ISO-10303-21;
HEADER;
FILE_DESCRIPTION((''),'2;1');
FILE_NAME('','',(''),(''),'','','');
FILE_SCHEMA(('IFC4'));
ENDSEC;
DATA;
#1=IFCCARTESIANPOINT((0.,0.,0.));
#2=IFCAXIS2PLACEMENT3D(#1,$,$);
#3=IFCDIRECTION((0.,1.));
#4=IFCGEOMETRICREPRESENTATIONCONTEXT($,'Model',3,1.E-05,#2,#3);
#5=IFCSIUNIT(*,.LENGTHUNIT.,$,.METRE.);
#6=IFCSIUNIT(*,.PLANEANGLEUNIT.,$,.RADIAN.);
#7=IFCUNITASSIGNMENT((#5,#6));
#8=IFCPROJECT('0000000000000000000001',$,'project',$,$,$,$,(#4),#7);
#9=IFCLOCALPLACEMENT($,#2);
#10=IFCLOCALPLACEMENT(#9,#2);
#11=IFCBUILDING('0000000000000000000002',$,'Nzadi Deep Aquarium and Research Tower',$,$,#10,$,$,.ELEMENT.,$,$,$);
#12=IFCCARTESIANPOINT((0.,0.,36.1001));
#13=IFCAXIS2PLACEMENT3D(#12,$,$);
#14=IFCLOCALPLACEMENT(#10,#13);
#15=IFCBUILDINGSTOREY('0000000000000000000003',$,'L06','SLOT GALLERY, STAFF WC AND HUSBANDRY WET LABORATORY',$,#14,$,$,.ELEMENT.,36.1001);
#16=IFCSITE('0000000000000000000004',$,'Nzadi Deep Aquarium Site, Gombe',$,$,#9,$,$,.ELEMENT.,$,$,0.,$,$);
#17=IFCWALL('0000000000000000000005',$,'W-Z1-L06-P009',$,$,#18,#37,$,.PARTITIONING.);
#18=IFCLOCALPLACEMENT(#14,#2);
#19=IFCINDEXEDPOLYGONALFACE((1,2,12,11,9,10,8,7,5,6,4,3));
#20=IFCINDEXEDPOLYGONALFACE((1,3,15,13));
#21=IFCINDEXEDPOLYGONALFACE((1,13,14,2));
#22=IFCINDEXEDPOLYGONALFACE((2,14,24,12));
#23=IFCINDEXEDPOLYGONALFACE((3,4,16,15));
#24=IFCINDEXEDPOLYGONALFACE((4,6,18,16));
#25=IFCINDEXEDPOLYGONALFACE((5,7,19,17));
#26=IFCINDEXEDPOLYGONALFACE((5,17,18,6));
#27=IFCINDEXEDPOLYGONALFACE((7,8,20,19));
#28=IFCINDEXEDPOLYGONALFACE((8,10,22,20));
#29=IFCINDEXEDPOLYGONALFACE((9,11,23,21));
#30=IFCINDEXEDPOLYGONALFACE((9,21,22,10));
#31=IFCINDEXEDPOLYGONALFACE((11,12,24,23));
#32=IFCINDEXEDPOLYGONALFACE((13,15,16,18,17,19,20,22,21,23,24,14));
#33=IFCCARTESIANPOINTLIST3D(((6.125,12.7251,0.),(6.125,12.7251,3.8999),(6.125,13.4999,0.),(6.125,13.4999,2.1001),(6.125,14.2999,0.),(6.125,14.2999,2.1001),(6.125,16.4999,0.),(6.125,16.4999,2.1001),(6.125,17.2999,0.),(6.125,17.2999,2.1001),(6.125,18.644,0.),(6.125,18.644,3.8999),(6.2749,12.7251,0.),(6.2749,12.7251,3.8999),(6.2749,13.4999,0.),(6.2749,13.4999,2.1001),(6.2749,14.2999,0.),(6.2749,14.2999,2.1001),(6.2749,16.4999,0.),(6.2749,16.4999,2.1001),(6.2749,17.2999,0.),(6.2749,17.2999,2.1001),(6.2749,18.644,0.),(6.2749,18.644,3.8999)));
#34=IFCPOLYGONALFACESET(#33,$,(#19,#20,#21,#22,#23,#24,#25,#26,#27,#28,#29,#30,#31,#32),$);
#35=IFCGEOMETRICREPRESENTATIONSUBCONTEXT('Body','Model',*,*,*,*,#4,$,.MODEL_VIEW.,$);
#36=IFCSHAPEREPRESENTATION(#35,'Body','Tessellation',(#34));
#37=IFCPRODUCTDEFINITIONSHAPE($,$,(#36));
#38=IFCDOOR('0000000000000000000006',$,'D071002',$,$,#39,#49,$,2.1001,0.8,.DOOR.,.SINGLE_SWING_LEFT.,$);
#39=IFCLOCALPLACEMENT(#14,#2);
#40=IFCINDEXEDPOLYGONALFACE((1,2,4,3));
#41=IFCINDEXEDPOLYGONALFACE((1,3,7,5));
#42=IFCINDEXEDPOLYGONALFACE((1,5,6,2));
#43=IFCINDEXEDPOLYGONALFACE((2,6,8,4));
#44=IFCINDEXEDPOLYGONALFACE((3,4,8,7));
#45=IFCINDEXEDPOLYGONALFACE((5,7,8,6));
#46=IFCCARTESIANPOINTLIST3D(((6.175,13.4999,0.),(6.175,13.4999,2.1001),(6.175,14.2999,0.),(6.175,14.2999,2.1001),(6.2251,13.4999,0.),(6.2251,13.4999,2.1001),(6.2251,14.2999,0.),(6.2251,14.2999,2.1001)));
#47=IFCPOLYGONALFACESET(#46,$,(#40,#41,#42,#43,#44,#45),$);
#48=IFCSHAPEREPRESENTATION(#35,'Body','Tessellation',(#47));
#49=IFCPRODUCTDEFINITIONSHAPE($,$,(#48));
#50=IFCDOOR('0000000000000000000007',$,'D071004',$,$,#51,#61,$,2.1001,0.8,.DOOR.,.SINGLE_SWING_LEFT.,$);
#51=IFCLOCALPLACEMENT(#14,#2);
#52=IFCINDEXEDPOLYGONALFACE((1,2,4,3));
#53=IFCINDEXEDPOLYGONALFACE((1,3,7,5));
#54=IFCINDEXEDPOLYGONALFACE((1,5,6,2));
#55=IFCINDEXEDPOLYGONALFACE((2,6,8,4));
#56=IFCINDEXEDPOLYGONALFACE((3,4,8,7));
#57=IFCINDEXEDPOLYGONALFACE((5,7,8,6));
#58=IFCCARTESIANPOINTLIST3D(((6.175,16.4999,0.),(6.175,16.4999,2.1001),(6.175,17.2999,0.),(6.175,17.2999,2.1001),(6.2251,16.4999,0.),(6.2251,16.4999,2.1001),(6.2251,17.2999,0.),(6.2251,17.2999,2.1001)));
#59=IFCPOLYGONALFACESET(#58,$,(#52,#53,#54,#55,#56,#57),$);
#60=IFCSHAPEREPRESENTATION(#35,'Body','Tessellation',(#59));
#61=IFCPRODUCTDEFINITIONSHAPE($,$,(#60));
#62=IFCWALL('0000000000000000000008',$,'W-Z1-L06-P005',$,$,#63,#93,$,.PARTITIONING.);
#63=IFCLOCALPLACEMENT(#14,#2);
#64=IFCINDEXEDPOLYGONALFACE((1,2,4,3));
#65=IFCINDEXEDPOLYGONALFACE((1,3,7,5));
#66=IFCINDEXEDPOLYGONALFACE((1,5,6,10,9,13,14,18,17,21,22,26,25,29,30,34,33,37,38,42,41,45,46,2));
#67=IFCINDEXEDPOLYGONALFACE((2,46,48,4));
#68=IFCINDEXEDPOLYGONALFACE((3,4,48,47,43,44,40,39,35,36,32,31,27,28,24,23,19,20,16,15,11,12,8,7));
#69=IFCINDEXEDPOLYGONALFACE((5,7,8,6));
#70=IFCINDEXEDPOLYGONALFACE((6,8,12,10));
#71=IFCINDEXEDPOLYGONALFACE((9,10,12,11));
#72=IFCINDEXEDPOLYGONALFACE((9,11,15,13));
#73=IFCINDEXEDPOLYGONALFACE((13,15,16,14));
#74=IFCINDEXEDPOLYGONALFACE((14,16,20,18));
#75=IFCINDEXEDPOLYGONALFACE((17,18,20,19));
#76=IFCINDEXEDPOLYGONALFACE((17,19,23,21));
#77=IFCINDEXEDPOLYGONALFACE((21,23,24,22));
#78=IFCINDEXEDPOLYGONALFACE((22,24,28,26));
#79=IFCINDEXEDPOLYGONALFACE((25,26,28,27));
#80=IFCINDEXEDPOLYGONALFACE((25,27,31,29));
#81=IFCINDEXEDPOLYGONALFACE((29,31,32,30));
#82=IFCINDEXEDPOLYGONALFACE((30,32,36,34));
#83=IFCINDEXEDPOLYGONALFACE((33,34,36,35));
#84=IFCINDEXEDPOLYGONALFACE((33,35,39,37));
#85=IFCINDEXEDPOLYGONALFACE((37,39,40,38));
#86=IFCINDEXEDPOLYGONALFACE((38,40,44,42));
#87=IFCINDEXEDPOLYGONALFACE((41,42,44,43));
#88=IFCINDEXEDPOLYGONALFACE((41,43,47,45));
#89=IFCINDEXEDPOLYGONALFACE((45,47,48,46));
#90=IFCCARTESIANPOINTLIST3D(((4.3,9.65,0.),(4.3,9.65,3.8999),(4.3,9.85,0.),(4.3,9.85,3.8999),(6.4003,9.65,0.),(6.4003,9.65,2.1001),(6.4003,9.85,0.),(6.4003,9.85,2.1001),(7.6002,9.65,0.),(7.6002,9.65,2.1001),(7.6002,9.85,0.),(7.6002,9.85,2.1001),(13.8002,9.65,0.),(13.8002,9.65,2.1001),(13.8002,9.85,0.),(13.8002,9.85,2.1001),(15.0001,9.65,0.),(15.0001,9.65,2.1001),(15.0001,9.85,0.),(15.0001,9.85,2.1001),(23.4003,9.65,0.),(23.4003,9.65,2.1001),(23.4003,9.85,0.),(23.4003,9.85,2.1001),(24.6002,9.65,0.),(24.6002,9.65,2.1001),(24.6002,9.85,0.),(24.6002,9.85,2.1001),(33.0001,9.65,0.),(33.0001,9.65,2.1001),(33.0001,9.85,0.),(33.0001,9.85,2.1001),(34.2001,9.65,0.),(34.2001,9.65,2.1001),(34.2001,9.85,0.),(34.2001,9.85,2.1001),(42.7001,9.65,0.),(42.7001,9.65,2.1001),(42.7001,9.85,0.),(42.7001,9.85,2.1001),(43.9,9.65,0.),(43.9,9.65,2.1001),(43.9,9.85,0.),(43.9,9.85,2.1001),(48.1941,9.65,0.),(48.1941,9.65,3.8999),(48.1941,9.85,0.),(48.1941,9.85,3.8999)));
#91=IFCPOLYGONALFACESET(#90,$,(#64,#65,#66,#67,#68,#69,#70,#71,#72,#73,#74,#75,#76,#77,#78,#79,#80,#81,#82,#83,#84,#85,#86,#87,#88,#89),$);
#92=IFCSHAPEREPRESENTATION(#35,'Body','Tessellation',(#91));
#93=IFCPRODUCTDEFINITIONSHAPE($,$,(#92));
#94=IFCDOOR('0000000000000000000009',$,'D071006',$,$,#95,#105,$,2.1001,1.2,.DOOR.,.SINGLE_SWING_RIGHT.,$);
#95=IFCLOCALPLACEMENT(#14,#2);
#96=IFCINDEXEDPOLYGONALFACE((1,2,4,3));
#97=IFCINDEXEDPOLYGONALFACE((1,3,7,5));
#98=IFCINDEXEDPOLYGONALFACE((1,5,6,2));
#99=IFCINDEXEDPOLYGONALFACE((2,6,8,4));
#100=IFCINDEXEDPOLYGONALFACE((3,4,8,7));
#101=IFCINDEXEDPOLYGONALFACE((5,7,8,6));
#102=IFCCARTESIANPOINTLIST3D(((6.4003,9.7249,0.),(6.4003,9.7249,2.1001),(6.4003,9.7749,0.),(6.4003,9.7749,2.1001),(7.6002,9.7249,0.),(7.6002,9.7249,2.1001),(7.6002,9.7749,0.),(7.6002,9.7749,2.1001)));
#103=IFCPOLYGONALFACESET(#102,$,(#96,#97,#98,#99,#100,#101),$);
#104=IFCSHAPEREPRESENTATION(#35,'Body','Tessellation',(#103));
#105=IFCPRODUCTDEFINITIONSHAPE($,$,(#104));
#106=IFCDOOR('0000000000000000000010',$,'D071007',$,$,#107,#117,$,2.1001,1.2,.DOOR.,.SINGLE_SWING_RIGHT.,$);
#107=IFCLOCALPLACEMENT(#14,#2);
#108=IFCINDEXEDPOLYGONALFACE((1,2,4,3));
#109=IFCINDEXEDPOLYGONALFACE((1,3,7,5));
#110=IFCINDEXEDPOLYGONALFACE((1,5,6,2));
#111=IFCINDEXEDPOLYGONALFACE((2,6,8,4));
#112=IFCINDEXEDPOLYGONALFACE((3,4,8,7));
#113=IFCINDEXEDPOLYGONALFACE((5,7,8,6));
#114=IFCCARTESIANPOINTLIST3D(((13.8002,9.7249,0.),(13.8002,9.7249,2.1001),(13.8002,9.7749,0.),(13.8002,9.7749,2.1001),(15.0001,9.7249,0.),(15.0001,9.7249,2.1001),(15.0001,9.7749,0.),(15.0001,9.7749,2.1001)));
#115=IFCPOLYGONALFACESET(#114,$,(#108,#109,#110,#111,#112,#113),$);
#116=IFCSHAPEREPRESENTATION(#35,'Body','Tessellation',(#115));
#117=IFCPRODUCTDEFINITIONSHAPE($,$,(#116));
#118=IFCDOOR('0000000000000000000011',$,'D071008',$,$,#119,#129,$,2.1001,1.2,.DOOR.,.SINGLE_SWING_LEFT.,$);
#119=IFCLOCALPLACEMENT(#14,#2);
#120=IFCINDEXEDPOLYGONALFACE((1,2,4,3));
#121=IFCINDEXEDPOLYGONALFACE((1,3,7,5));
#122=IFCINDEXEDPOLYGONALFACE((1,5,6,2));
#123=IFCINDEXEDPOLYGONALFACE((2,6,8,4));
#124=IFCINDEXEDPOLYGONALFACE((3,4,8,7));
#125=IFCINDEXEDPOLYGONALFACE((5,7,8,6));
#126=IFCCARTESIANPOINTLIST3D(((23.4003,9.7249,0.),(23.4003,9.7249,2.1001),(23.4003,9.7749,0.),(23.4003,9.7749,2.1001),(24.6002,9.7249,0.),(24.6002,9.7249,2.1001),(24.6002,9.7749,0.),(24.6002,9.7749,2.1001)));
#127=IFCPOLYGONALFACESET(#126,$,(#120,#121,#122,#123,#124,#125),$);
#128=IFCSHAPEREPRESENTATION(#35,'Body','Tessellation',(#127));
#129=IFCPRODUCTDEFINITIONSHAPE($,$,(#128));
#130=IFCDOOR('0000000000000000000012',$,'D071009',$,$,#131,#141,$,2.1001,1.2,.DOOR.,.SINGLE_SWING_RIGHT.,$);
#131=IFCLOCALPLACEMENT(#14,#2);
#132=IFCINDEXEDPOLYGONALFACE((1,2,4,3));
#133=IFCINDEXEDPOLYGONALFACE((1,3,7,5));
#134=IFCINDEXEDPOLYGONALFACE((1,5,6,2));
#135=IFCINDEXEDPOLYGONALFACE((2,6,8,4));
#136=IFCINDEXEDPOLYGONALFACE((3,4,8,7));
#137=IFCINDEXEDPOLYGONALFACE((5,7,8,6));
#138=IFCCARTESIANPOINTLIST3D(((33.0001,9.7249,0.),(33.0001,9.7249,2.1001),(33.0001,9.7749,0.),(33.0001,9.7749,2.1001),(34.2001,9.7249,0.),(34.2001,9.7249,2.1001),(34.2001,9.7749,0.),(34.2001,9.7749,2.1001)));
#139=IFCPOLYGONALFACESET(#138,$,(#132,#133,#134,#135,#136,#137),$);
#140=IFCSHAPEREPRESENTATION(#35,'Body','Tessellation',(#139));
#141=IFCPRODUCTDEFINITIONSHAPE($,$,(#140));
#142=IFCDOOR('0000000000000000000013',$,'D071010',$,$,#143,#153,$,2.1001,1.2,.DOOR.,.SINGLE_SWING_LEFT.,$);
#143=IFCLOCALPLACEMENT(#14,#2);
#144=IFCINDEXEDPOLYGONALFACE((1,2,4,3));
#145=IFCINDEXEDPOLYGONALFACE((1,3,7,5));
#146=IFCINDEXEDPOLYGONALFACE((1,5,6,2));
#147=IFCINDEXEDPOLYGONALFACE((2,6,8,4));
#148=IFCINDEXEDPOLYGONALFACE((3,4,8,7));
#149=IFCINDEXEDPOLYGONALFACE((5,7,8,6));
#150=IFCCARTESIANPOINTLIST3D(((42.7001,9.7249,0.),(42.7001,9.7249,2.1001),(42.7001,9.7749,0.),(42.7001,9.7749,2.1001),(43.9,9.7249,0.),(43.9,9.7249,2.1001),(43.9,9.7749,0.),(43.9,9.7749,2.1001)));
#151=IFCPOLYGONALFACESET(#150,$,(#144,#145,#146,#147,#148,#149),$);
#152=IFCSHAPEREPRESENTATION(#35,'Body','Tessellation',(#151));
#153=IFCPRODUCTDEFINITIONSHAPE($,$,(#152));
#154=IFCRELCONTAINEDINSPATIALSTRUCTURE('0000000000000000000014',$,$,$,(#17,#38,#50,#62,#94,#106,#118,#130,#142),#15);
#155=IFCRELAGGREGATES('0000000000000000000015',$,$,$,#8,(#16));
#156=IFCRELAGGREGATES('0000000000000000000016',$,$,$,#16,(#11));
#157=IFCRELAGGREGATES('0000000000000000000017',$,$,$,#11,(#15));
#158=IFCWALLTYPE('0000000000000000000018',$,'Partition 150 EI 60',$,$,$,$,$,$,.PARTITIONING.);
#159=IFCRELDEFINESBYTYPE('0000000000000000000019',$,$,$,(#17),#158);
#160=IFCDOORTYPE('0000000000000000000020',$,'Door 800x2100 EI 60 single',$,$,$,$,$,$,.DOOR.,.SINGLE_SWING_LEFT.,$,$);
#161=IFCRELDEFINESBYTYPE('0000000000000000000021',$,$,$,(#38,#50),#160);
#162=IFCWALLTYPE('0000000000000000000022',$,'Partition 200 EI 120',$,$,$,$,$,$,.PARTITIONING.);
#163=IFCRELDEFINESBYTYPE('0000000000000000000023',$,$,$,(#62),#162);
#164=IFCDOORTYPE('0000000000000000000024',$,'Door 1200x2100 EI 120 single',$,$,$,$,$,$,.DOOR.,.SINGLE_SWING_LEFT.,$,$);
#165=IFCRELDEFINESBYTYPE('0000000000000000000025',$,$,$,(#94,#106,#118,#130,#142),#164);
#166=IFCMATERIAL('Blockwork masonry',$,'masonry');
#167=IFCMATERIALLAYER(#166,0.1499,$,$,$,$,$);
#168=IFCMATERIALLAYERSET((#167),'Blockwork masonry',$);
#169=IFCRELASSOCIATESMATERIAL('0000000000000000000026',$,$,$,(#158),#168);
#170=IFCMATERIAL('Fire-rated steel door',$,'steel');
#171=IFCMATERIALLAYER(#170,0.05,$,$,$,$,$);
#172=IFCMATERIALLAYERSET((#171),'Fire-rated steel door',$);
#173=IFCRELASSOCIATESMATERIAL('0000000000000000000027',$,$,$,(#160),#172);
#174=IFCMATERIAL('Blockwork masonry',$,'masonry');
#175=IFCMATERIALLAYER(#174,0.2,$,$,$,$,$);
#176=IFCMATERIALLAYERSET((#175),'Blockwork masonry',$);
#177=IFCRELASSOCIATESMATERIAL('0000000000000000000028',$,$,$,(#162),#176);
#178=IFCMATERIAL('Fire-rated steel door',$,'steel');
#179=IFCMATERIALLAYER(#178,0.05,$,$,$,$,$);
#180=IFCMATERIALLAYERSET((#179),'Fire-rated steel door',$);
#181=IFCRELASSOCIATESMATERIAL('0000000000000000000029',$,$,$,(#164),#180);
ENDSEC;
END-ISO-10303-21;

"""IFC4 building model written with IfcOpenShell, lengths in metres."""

from ifc_helpers import new_model, si_unit, direction, frame, frame_2d, origin, place, context, subcontext, project, spatial, rectangle, extrude, material, layer, layer_set, type_object, element, fill, save


model = new_model("IFC4")

# Units and contexts
model_context = context("Model", 3, precision=1e-05, world=origin(), true_north=direction((0.0, 1.0)))
body_context = subcontext(model_context, "Body", "Model", "MODEL_VIEW")
ifc_project = project(units=[si_unit("LENGTHUNIT", "METRE"), si_unit("PLANEANGLEUNIT", "RADIAN")], contexts=[model_context])

# Site, building, storey
site_placement = place(None, origin())
site = spatial("IfcSite", under=ifc_project, at=site_placement, Name="Nzadi Deep Aquarium Site, Gombe", CompositionType="ELEMENT", RefElevation=0.0)
building_placement = place(site_placement, origin())
building = spatial("IfcBuilding", under=site, at=building_placement, Name="Nzadi Deep Aquarium and Research Tower", CompositionType="ELEMENT")
storey_placement = place(building_placement, frame((0.0, 0.0, 36.1001)))
storey = spatial("IfcBuildingStorey", under=building, at=storey_placement, Name="L06", Description="SLOT GALLERY, STAFF WC AND HUSBANDRY WET LABORATORY", CompositionType="ELEMENT", Elevation=36.1001)

# Shared definitions
ifc_material_1 = material(Name="Blockwork masonry", Category="masonry")
ifc_layer_1 = layer(ifc_material_1, 0.1499)
ifc_layer_set_1 = layer_set([ifc_layer_1], Name="Blockwork masonry")
wall_type_1 = type_object("IfcWallType", Name="Partition 150 EI 60", PredefinedType="PARTITIONING", material=ifc_layer_set_1)

# Walls, openings, doors
wall_1_placement = place(storey_placement, frame((6.2, 12.7251, 0.0), z_axis=(0.0, 0.0, 1.0), x_axis=(0.0, 1.0, 0.0)))
wall_1 = element("IfcWall", 1, at=wall_1_placement, inside=storey, type_object=wall_type_1, Name="W-Z1-L06-P009", PredefinedType="PARTITIONING", context=body_context, shape_type="SweptSolid", body=[
    extrude(rectangle(XDim=5.9189, YDim=0.1499, at=frame_2d((2.9595, 0.0))), origin(), (0.0, 0.0, 1.0), 3.8999),
])
opening_1_placement = place(wall_1_placement, frame((0.7749, 0.0, 0.0)))
opening_1 = element("IfcOpeningElement", 2, at=opening_1_placement, cuts=wall_1, PredefinedType="OPENING", context=body_context, shape_type="SweptSolid", body=[
    extrude(rectangle(XDim=0.8, YDim=2.1001, at=frame_2d((0.3999, 1.05))), frame((0.0, 0.085, 0.0), z_axis=(0.0, -1.0, 0.0), x_axis=(1.0, 0.0, 0.0)), (0.0, 0.0, 1.0), 0.1699),
])
opening_2_placement = place(wall_1_placement, frame((3.7749, 0.0, 0.0)))
opening_2 = element("IfcOpeningElement", 3, at=opening_2_placement, cuts=wall_1, PredefinedType="OPENING", context=body_context, shape_type="SweptSolid", body=[
    extrude(rectangle(XDim=0.8, YDim=2.1001, at=frame_2d((0.3999, 1.05))), frame((0.0, 0.085, 0.0), z_axis=(0.0, -1.0, 0.0), x_axis=(1.0, 0.0, 0.0)), (0.0, 0.0, 1.0), 0.1699),
])
ifc_material_2 = material(Name="Fire-rated steel door", Category="steel")
ifc_layer_2 = layer(ifc_material_2, 0.05)
ifc_layer_set_2 = layer_set([ifc_layer_2], Name="Fire-rated steel door")
door_type_1 = type_object("IfcDoorType", Name="Door 800x2100 EI 60 single", OperationType="SINGLE_SWING_LEFT", PredefinedType="DOOR", material=ifc_layer_set_2)
door_1_placement = place(opening_1_placement, origin())
door_1 = element("IfcDoor", 4, at=door_1_placement, inside=storey, type_object=door_type_1, Name="D071002", OperationType="SINGLE_SWING_LEFT", OverallHeight=2.1001, OverallWidth=0.8, PredefinedType="DOOR", context=body_context, shape_type="SweptSolid", body=[
    extrude(rectangle(XDim=0.8, YDim=2.1001, at=frame_2d((0.3999, 1.05))), frame((0.0, 0.0249, 0.0), z_axis=(0.0, -1.0, 0.0), x_axis=(1.0, 0.0, 0.0)), (0.0, 0.0, 1.0), 0.05),
])
fill(opening_1, door_1)
door_2_placement = place(opening_2_placement, origin())
door_2 = element("IfcDoor", 5, at=door_2_placement, inside=storey, type_object=door_type_1, Name="D071004", OperationType="SINGLE_SWING_LEFT", OverallHeight=2.1001, OverallWidth=0.8, PredefinedType="DOOR", context=body_context, shape_type="SweptSolid", body=[
    extrude(rectangle(XDim=0.8, YDim=2.1001, at=frame_2d((0.3999, 1.05))), frame((0.0, 0.0249, 0.0), z_axis=(0.0, -1.0, 0.0), x_axis=(1.0, 0.0, 0.0)), (0.0, 0.0, 1.0), 0.05),
])
fill(opening_2, door_2)
ifc_material_3 = material(Name="Blockwork masonry", Category="masonry")
ifc_layer_3 = layer(ifc_material_3, 0.2)
ifc_layer_set_3 = layer_set([ifc_layer_3], Name="Blockwork masonry")
wall_type_2 = type_object("IfcWallType", Name="Partition 200 EI 120", PredefinedType="PARTITIONING", material=ifc_layer_set_3)
wall_2_placement = place(storey_placement, frame((4.3, 9.75, 0.0), z_axis=(0.0, 0.0, 1.0), x_axis=(1.0, 0.0, 0.0)))
wall_2 = element("IfcWall", 6, at=wall_2_placement, inside=storey, type_object=wall_type_2, Name="W-Z1-L06-P005", PredefinedType="PARTITIONING", context=body_context, shape_type="SweptSolid", body=[
    extrude(rectangle(XDim=43.894, YDim=0.2, at=frame_2d((21.947, 0.0))), origin(), (0.0, 0.0, 1.0), 3.8999),
])
opening_3_placement = place(wall_2_placement, frame((2.1001, 0.0, 0.0)))
opening_3 = element("IfcOpeningElement", 7, at=opening_3_placement, cuts=wall_2, PredefinedType="OPENING", context=body_context, shape_type="SweptSolid", body=[
    extrude(rectangle(XDim=1.2, YDim=2.1001, at=frame_2d((0.6001, 1.05))), frame((0.0, 0.1101, 0.0), z_axis=(0.0, -1.0, 0.0), x_axis=(1.0, 0.0, 0.0)), (0.0, 0.0, 1.0), 0.2202),
])
opening_4_placement = place(wall_2_placement, frame((9.5, 0.0, 0.0)))
opening_4 = element("IfcOpeningElement", 8, at=opening_4_placement, cuts=wall_2, PredefinedType="OPENING", context=body_context, shape_type="SweptSolid", body=[
    extrude(rectangle(XDim=1.2, YDim=2.1001, at=frame_2d((0.6001, 1.05))), frame((0.0, 0.1101, 0.0), z_axis=(0.0, -1.0, 0.0), x_axis=(1.0, 0.0, 0.0)), (0.0, 0.0, 1.0), 0.2202),
])
opening_5_placement = place(wall_2_placement, frame((19.1001, 0.0, 0.0)))
opening_5 = element("IfcOpeningElement", 9, at=opening_5_placement, cuts=wall_2, PredefinedType="OPENING", context=body_context, shape_type="SweptSolid", body=[
    extrude(rectangle(XDim=1.2, YDim=2.1001, at=frame_2d((0.6001, 1.05))), frame((0.0, 0.1101, 0.0), z_axis=(0.0, -1.0, 0.0), x_axis=(1.0, 0.0, 0.0)), (0.0, 0.0, 1.0), 0.2202),
])
opening_6_placement = place(wall_2_placement, frame((28.7, 0.0, 0.0)))
opening_6 = element("IfcOpeningElement", 10, at=opening_6_placement, cuts=wall_2, PredefinedType="OPENING", context=body_context, shape_type="SweptSolid", body=[
    extrude(rectangle(XDim=1.2, YDim=2.1001, at=frame_2d((0.6001, 1.05))), frame((0.0, 0.1101, 0.0), z_axis=(0.0, -1.0, 0.0), x_axis=(1.0, 0.0, 0.0)), (0.0, 0.0, 1.0), 0.2202),
])
opening_7_placement = place(wall_2_placement, frame((38.3999, 0.0, 0.0)))
opening_7 = element("IfcOpeningElement", 11, at=opening_7_placement, cuts=wall_2, PredefinedType="OPENING", context=body_context, shape_type="SweptSolid", body=[
    extrude(rectangle(XDim=1.2, YDim=2.1001, at=frame_2d((0.6001, 1.05))), frame((0.0, 0.1101, 0.0), z_axis=(0.0, -1.0, 0.0), x_axis=(1.0, 0.0, 0.0)), (0.0, 0.0, 1.0), 0.2202),
])
ifc_material_4 = material(Name="Fire-rated steel door", Category="steel")
ifc_layer_4 = layer(ifc_material_4, 0.05)
ifc_layer_set_4 = layer_set([ifc_layer_4], Name="Fire-rated steel door")
door_type_2 = type_object("IfcDoorType", Name="Door 1200x2100 EI 120 single", OperationType="SINGLE_SWING_LEFT", PredefinedType="DOOR", material=ifc_layer_set_4)
door_3_placement = place(opening_3_placement, origin())
door_3 = element("IfcDoor", 12, at=door_3_placement, inside=storey, type_object=door_type_2, Name="D071006", OperationType="SINGLE_SWING_RIGHT", OverallHeight=2.1001, OverallWidth=1.2, PredefinedType="DOOR", context=body_context, shape_type="SweptSolid", body=[
    extrude(rectangle(XDim=1.2, YDim=2.1001, at=frame_2d((0.6001, 1.05))), frame((0.0, 0.0249, 0.0), z_axis=(0.0, -1.0, 0.0), x_axis=(1.0, 0.0, 0.0)), (0.0, 0.0, 1.0), 0.05),
])
fill(opening_3, door_3)
door_4_placement = place(opening_4_placement, origin())
door_4 = element("IfcDoor", 13, at=door_4_placement, inside=storey, type_object=door_type_2, Name="D071007", OperationType="SINGLE_SWING_RIGHT", OverallHeight=2.1001, OverallWidth=1.2, PredefinedType="DOOR", context=body_context, shape_type="SweptSolid", body=[
    extrude(rectangle(XDim=1.2, YDim=2.1001, at=frame_2d((0.6001, 1.05))), frame((0.0, 0.0249, 0.0), z_axis=(0.0, -1.0, 0.0), x_axis=(1.0, 0.0, 0.0)), (0.0, 0.0, 1.0), 0.05),
])
fill(opening_4, door_4)
door_5_placement = place(opening_5_placement, origin())
door_5 = element("IfcDoor", 14, at=door_5_placement, inside=storey, type_object=door_type_2, Name="D071008", OperationType="SINGLE_SWING_LEFT", OverallHeight=2.1001, OverallWidth=1.2, PredefinedType="DOOR", context=body_context, shape_type="SweptSolid", body=[
    extrude(rectangle(XDim=1.2, YDim=2.1001, at=frame_2d((0.6001, 1.05))), frame((0.0, 0.0249, 0.0), z_axis=(0.0, -1.0, 0.0), x_axis=(1.0, 0.0, 0.0)), (0.0, 0.0, 1.0), 0.05),
])
fill(opening_5, door_5)
door_6_placement = place(opening_6_placement, origin())
door_6 = element("IfcDoor", 15, at=door_6_placement, inside=storey, type_object=door_type_2, Name="D071009", OperationType="SINGLE_SWING_RIGHT", OverallHeight=2.1001, OverallWidth=1.2, PredefinedType="DOOR", context=body_context, shape_type="SweptSolid", body=[
    extrude(rectangle(XDim=1.2, YDim=2.1001, at=frame_2d((0.6001, 1.05))), frame((0.0, 0.0249, 0.0), z_axis=(0.0, -1.0, 0.0), x_axis=(1.0, 0.0, 0.0)), (0.0, 0.0, 1.0), 0.05),
])
fill(opening_6, door_6)
door_7_placement = place(opening_7_placement, origin())
door_7 = element("IfcDoor", 16, at=door_7_placement, inside=storey, type_object=door_type_2, Name="D071010", OperationType="SINGLE_SWING_LEFT", OverallHeight=2.1001, OverallWidth=1.2, PredefinedType="DOOR", context=body_context, shape_type="SweptSolid", body=[
    extrude(rectangle(XDim=1.2, YDim=2.1001, at=frame_2d((0.6001, 1.05))), frame((0.0, 0.0249, 0.0), z_axis=(0.0, -1.0, 0.0), x_axis=(1.0, 0.0, 0.0)), (0.0, 0.0, 1.0), 0.05),
])
fill(opening_7, door_7)

save(model, "model.ifc")
